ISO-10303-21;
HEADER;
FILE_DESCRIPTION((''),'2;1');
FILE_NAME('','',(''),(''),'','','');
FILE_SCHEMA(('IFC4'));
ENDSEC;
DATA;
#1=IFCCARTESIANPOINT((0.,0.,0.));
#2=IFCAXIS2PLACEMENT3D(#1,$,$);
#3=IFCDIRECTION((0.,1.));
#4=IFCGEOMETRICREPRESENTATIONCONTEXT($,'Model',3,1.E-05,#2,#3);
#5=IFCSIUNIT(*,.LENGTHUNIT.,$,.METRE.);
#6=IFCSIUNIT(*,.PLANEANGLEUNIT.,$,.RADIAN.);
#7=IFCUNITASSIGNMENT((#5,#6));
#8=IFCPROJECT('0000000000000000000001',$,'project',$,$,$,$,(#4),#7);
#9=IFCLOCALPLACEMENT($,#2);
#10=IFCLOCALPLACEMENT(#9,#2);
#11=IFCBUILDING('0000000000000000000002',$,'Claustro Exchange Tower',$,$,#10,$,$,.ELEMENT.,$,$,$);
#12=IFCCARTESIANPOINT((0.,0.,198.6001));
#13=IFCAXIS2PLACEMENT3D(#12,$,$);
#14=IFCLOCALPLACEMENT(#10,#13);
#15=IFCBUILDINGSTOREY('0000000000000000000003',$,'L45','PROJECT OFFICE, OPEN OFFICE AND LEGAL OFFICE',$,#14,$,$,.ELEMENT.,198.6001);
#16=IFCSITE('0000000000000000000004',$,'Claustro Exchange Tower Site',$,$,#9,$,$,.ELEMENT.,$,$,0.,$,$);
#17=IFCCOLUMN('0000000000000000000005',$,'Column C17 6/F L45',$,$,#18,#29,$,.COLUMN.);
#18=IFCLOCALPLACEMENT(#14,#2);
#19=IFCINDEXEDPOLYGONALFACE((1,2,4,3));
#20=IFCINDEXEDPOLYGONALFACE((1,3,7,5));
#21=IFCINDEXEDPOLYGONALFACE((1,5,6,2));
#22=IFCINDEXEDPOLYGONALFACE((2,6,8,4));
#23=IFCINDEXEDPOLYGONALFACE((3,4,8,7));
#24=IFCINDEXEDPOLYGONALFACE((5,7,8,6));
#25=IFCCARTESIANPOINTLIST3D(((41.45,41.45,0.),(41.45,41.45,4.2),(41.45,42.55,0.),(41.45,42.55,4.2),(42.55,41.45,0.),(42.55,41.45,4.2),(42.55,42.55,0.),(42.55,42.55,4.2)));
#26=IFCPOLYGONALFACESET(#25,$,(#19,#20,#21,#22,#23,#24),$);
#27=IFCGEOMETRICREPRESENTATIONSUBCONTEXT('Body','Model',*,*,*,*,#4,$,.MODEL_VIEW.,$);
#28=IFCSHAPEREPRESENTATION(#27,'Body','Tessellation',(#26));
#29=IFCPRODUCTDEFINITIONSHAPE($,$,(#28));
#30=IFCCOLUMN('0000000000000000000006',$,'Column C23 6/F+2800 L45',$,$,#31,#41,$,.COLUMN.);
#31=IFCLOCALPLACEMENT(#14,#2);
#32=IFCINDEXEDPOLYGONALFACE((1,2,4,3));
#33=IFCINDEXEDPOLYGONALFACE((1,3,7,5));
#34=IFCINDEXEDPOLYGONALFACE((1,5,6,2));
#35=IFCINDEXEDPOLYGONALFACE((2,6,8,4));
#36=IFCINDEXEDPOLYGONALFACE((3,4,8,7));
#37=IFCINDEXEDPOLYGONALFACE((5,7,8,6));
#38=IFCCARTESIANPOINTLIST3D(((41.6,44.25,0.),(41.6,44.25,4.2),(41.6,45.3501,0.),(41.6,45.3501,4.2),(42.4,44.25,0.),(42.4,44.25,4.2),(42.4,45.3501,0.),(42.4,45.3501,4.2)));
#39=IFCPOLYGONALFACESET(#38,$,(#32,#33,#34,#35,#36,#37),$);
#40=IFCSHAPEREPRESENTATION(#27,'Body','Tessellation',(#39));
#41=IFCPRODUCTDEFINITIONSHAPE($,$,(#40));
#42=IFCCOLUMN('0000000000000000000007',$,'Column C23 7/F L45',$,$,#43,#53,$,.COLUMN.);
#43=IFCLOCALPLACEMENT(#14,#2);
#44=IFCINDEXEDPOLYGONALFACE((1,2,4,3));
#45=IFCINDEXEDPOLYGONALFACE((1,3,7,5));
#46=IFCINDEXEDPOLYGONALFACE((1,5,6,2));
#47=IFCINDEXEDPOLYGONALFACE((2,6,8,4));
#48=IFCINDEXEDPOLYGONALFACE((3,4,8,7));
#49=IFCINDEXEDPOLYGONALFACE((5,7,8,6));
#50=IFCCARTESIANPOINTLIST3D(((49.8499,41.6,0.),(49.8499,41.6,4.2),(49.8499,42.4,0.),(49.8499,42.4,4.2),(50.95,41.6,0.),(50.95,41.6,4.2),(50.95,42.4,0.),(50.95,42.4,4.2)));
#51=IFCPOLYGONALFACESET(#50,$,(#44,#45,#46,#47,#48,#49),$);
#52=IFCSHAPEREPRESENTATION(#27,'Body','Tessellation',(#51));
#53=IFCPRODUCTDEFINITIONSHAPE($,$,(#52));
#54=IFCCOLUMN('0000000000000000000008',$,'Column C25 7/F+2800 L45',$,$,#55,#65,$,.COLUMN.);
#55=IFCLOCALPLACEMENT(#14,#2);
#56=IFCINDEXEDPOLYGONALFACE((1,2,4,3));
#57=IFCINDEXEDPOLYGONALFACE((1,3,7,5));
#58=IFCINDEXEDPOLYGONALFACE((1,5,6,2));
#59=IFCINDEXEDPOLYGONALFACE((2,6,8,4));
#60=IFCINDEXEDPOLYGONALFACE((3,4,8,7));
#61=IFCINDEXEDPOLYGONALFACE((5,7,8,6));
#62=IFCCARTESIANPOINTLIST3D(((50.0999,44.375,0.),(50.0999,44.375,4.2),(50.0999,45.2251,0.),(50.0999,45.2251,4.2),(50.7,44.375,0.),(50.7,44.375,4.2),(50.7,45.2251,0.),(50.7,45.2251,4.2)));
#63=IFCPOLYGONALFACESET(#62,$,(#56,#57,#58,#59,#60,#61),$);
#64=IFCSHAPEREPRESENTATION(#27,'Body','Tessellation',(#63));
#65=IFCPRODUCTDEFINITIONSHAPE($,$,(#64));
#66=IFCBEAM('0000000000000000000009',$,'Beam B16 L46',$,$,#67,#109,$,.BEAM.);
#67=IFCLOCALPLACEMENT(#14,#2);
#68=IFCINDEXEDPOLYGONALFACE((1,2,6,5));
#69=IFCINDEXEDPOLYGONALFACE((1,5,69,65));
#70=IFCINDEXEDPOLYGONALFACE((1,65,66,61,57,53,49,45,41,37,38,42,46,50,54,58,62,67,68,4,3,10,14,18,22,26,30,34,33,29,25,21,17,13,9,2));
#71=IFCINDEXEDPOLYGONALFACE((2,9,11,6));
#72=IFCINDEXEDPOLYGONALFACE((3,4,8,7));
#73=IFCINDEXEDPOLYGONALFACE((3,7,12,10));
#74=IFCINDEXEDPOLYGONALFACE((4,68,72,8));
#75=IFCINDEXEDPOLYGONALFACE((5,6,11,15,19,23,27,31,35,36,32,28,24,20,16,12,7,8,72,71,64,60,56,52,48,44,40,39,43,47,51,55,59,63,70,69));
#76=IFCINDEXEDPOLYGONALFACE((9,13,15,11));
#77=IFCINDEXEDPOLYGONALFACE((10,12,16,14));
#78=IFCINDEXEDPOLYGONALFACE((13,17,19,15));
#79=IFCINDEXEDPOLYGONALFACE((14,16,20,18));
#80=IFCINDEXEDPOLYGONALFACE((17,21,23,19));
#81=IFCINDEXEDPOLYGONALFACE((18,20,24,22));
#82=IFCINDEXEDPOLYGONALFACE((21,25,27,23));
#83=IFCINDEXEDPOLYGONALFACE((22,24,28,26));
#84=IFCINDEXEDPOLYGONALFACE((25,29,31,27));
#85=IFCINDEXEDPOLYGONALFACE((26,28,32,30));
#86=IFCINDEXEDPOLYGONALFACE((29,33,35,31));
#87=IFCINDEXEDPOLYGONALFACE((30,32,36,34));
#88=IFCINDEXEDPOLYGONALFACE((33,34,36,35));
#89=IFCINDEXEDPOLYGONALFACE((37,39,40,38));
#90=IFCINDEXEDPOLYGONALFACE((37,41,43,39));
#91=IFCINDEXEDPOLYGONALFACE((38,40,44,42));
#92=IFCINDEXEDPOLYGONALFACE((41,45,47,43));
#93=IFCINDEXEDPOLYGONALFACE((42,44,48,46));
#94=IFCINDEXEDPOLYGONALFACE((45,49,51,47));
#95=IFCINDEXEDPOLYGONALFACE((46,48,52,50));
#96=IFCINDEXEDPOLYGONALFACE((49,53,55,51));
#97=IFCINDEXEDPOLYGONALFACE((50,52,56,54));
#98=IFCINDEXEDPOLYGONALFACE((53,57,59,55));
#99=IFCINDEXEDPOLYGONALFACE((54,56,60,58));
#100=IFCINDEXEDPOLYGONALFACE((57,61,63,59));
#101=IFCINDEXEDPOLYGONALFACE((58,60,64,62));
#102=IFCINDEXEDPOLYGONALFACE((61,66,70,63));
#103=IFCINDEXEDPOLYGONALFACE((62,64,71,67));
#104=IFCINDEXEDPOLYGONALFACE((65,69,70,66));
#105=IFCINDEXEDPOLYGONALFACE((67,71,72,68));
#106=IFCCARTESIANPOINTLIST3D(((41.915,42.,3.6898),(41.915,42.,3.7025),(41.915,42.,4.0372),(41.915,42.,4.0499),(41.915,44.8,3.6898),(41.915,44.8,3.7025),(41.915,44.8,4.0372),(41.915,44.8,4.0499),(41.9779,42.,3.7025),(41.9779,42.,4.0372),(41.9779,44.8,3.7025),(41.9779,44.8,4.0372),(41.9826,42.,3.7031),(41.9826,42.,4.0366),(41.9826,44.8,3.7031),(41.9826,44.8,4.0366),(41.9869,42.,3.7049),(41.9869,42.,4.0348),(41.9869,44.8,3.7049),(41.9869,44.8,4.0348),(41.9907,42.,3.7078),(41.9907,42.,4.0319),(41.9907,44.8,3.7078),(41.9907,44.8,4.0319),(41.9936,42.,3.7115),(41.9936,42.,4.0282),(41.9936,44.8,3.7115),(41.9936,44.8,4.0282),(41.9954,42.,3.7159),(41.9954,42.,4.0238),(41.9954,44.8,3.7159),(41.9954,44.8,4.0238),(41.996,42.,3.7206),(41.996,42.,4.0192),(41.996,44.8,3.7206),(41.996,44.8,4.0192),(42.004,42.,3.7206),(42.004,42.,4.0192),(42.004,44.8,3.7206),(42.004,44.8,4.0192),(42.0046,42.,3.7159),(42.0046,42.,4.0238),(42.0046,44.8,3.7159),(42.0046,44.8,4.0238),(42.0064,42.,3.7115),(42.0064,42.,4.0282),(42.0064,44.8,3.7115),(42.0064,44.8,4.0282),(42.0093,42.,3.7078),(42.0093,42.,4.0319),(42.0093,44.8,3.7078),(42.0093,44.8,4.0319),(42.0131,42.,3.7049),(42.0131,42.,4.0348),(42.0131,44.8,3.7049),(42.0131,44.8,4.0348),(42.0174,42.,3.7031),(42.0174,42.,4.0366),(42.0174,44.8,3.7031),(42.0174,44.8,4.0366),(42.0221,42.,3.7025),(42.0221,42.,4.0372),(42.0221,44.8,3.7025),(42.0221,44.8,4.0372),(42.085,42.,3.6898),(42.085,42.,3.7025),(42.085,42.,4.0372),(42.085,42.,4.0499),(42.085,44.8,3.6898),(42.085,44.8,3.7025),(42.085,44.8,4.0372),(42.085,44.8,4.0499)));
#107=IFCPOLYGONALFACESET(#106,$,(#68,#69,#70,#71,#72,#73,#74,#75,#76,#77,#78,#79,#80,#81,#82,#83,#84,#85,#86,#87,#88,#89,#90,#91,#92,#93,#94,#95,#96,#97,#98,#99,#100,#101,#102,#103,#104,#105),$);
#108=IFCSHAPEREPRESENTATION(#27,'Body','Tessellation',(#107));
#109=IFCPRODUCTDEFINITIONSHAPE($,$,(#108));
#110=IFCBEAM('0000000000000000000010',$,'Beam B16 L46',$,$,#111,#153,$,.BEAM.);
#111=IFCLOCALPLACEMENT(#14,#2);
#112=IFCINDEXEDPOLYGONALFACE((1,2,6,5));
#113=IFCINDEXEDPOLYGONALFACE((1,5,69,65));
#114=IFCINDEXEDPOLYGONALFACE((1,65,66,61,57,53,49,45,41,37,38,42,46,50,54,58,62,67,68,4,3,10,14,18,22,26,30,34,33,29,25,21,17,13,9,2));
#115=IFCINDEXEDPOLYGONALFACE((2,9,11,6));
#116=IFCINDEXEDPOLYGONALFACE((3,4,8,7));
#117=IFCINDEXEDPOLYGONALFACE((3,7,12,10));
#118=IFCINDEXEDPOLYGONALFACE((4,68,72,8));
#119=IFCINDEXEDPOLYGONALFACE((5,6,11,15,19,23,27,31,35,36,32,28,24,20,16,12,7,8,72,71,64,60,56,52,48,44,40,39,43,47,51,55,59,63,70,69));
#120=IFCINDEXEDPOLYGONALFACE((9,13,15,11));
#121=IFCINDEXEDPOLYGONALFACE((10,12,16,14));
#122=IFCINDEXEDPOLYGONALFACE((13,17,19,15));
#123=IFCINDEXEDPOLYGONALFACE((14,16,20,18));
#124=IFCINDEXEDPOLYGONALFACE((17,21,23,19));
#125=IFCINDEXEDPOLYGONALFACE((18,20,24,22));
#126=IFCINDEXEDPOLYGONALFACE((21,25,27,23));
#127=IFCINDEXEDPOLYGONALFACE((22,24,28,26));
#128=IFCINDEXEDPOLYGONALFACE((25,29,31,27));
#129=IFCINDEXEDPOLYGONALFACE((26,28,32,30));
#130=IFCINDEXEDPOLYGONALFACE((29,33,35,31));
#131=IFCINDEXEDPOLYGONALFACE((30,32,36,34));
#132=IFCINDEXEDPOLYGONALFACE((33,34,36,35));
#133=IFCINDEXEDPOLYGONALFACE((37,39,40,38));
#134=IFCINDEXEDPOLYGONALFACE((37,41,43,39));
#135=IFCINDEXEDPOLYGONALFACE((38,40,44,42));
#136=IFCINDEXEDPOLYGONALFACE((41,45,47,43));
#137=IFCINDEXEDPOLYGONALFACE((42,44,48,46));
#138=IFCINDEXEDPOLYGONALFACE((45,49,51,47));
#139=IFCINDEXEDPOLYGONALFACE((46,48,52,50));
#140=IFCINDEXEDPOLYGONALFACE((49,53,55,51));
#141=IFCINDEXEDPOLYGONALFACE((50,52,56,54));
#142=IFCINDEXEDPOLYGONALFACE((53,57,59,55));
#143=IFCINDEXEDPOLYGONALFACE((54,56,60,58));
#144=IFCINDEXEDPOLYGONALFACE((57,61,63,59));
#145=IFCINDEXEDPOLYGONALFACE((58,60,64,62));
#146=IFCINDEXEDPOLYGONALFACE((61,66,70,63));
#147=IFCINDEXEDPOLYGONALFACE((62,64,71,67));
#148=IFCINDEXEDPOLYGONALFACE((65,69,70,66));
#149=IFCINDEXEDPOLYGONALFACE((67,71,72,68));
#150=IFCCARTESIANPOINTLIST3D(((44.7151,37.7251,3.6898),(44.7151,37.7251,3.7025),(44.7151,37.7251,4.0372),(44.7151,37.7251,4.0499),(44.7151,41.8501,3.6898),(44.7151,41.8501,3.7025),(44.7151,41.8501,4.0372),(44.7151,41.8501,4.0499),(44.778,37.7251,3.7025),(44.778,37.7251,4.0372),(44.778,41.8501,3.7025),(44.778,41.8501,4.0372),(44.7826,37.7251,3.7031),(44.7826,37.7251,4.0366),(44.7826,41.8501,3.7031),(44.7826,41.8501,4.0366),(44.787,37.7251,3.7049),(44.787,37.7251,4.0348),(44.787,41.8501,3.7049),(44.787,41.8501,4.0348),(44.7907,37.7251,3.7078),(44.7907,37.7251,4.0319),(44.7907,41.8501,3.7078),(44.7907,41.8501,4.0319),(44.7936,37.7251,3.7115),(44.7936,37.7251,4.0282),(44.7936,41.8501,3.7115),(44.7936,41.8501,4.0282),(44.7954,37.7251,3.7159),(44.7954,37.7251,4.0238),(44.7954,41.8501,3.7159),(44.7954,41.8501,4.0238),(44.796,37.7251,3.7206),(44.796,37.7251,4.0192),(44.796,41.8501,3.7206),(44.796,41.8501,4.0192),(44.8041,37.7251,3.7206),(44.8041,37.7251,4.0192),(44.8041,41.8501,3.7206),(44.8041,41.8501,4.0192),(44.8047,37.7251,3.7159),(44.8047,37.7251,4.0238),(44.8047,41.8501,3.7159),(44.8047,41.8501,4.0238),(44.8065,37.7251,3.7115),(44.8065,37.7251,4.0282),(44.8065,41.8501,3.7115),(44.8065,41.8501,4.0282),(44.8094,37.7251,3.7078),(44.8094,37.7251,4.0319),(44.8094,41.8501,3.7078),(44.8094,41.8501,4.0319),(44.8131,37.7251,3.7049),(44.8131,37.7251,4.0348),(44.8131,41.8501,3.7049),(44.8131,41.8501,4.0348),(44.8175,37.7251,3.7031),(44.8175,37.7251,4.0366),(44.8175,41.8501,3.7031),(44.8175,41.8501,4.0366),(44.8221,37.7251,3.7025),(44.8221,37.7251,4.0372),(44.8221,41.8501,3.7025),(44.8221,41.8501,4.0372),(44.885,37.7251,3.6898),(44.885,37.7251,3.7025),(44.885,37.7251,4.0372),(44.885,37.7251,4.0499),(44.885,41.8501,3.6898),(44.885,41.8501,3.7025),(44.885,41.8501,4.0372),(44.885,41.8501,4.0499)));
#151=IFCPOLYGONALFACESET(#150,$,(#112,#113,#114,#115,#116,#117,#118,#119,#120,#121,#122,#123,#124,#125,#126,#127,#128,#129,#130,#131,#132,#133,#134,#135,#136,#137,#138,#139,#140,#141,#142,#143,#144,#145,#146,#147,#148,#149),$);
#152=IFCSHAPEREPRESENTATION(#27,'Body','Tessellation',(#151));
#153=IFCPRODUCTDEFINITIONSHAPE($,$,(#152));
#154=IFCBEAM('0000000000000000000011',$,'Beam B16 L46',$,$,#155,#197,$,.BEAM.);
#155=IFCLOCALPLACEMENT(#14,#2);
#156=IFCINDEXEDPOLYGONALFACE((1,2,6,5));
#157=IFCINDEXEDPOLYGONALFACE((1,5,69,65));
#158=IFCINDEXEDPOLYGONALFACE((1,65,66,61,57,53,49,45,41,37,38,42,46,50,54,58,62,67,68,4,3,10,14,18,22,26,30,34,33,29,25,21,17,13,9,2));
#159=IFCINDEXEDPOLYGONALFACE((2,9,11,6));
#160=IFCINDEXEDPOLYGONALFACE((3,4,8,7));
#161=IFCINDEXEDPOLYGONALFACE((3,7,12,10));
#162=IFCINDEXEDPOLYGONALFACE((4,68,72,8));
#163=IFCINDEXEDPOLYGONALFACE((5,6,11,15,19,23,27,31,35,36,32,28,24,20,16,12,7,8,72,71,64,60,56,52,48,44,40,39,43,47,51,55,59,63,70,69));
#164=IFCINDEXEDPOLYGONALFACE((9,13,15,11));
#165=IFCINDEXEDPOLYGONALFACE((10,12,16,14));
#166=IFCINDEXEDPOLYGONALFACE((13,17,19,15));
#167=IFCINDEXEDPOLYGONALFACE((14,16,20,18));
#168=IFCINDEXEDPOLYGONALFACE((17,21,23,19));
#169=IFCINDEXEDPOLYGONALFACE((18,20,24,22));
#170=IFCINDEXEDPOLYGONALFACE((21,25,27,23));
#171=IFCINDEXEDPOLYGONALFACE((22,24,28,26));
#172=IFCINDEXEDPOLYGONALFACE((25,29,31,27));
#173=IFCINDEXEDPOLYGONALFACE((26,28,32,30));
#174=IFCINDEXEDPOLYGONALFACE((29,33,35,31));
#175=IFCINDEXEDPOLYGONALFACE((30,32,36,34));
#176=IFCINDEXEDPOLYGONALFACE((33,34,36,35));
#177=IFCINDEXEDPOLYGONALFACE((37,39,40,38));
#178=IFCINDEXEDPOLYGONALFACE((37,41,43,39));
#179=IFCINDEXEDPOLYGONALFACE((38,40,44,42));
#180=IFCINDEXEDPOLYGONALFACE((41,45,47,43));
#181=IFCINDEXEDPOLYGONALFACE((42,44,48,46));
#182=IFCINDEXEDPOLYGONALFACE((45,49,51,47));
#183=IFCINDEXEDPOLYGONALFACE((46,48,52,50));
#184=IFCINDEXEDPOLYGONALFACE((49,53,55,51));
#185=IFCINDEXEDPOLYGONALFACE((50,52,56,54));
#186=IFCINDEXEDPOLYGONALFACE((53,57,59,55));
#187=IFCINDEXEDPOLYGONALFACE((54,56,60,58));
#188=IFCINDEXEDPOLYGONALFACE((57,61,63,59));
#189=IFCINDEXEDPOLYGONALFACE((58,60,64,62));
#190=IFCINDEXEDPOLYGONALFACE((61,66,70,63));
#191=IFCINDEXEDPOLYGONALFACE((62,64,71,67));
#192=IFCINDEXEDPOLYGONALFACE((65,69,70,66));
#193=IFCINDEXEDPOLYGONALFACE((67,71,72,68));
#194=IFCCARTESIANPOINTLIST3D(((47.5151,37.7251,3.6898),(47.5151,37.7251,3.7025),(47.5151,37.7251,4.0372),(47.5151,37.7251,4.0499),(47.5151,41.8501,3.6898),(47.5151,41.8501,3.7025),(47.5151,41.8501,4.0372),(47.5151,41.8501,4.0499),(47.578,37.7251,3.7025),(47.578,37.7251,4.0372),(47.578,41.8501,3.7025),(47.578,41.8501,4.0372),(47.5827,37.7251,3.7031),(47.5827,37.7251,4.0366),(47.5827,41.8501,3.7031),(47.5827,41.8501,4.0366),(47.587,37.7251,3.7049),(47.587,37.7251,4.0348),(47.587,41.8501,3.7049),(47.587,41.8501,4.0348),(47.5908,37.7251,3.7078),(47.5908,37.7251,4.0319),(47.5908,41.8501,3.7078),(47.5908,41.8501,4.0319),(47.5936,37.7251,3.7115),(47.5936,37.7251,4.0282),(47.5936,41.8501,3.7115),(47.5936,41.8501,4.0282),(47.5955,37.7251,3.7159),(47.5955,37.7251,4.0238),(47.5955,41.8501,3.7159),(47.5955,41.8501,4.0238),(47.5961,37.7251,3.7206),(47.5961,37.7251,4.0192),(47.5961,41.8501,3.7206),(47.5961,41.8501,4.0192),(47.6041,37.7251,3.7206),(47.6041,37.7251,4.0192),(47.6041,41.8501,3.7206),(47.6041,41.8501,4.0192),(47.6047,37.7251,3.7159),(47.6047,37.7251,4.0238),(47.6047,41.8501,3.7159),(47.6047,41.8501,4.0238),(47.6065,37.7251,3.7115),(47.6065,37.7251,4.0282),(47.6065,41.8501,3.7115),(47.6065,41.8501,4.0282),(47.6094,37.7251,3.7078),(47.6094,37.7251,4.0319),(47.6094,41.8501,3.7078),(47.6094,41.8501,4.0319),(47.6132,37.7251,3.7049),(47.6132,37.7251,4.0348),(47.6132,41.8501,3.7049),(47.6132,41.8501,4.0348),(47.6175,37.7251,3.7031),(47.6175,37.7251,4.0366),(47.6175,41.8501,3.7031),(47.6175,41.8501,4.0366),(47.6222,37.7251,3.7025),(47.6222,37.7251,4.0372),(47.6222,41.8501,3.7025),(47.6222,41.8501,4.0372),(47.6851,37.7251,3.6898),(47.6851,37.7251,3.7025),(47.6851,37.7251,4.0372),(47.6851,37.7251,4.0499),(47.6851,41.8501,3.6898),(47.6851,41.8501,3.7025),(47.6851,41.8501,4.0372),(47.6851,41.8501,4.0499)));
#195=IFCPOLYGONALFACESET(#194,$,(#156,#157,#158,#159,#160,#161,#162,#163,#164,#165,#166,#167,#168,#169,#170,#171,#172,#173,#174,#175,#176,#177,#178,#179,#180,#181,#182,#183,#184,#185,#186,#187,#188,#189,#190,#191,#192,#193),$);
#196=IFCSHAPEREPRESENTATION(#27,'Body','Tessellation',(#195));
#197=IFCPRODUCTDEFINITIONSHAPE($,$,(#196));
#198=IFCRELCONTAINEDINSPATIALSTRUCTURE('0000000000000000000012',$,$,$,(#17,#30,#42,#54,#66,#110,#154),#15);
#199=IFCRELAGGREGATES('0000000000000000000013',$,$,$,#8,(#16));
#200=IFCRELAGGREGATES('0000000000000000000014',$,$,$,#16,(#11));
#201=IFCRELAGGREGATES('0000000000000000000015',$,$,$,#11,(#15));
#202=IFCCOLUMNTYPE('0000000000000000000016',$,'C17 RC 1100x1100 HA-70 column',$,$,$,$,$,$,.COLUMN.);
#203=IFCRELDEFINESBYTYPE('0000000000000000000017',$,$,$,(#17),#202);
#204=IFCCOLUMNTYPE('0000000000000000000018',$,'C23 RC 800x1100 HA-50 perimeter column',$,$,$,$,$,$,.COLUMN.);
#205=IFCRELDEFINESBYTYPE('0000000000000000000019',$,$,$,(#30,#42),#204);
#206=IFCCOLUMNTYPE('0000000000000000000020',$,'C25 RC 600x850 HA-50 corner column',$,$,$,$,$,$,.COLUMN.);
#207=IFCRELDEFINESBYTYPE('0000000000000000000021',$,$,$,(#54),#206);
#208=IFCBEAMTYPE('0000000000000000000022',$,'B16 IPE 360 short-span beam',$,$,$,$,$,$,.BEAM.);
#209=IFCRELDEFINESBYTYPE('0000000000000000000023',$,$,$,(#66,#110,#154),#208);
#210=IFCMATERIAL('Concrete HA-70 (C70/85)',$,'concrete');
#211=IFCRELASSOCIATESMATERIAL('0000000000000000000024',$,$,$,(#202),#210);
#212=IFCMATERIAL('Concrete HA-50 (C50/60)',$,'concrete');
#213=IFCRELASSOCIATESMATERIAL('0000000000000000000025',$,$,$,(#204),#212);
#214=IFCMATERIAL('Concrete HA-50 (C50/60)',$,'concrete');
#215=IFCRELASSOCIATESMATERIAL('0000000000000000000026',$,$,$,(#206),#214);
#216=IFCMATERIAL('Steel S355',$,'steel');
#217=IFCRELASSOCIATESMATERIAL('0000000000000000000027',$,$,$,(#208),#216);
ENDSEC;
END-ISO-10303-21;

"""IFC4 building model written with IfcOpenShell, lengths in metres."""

from ifc_helpers import new_model, si_unit, direction, frame, origin, origin_2d, place, context, subcontext, project, spatial, rectangle, i_section, extrude, material, material_profile, profile_set, type_object, element, save


model = new_model("IFC4")

# Units and contexts
model_context = context("Model", 3, precision=1e-05, world=origin(), true_north=direction((0.0, 1.0)))
body_context = subcontext(model_context, "Body", "Model", "MODEL_VIEW")
ifc_project = project(units=[si_unit("LENGTHUNIT", "METRE"), si_unit("PLANEANGLEUNIT", "RADIAN")], contexts=[model_context])

# Site, building, storey
site_placement = place(None, origin())
site = spatial("IfcSite", under=ifc_project, at=site_placement, Name="Claustro Exchange Tower Site", CompositionType="ELEMENT", RefElevation=0.0)
building_placement = place(site_placement, origin())
building = spatial("IfcBuilding", under=site, at=building_placement, Name="Claustro Exchange Tower", CompositionType="ELEMENT")
storey_placement = place(building_placement, frame((0.0, 0.0, 198.6001)))
storey = spatial("IfcBuildingStorey", under=building, at=storey_placement, Name="L45", Description="PROJECT OFFICE, OPEN OFFICE AND LEGAL OFFICE", CompositionType="ELEMENT", Elevation=198.6001)

# Columns
ifc_material_1 = material(Name="Concrete HA-70 (C70/85)", Category="concrete")
ifc_material_profile_1 = material_profile(ifc_material_1, rectangle(XDim=1.1001, YDim=1.1001, at=origin_2d()), Name="RC 1100x1100")
ifc_profile_set_1 = profile_set([ifc_material_profile_1], Name="Concrete HA-70 (C70/85)")
column_type_1 = type_object("IfcColumnType", Name="C17 RC 1100x1100 HA-70 column", PredefinedType="COLUMN", material=ifc_profile_set_1)
column_1_placement = place(storey_placement, frame((42.0, 42.0, 0.0), z_axis=(0.0, 0.0, 1.0), x_axis=(1.0, 0.0, 0.0)))
element("IfcColumn", 1, at=column_1_placement, inside=storey, type_object=column_type_1, Name="Column C17 6/F L45", PredefinedType="COLUMN", context=body_context, shape_type="SweptSolid", body=[
    extrude(rectangle(XDim=1.1001, YDim=1.1001, at=origin_2d()), origin(), (0.0, 0.0, 1.0), 4.2),
])
ifc_material_2 = material(Name="Concrete HA-50 (C50/60)", Category="concrete")
ifc_material_profile_2 = material_profile(ifc_material_2, rectangle(XDim=0.8, YDim=1.1001, at=origin_2d()), Name="RC 800x1100")
ifc_profile_set_2 = profile_set([ifc_material_profile_2], Name="Concrete HA-50 (C50/60)")
column_type_2 = type_object("IfcColumnType", Name="C23 RC 800x1100 HA-50 perimeter column", PredefinedType="COLUMN", material=ifc_profile_set_2)
for number, where, z_axis, x_axis, name in (
    (2, (42.0, 44.8, 0.0), (0.0, 0.0, 1.0), (1.0, 0.0, 0.0), "Column C23 6/F+2800 L45"),
    (3, (50.3999, 42.0, 0.0), (0.0, 0.0, 1.0), (0.0, 1.0, 0.0), "Column C23 7/F L45"),
):
    element("IfcColumn", number, at=place(storey_placement, frame(where, z_axis=z_axis, x_axis=x_axis)), inside=storey, type_object=column_type_2, Name=name, PredefinedType="COLUMN", context=body_context, shape_type="SweptSolid", body=[
        extrude(rectangle(XDim=0.8, YDim=1.1001, at=origin_2d()), origin(), (0.0, 0.0, 1.0), 4.2),
    ])
ifc_material_3 = material(Name="Concrete HA-50 (C50/60)", Category="concrete")
ifc_material_profile_3 = material_profile(ifc_material_3, rectangle(XDim=0.6001, YDim=0.8501, at=origin_2d()), Name="RC 600x850")
ifc_profile_set_3 = profile_set([ifc_material_profile_3], Name="Concrete HA-50 (C50/60)")
column_type_3 = type_object("IfcColumnType", Name="C25 RC 600x850 HA-50 corner column", PredefinedType="COLUMN", material=ifc_profile_set_3)
column_2_placement = place(storey_placement, frame((50.3999, 44.8, 0.0), z_axis=(0.0, 0.0, 1.0), x_axis=(1.0, 0.0, 0.0)))
element("IfcColumn", 4, at=column_2_placement, inside=storey, type_object=column_type_3, Name="Column C25 7/F+2800 L45", PredefinedType="COLUMN", context=body_context, shape_type="SweptSolid", body=[
    extrude(rectangle(XDim=0.6001, YDim=0.8501, at=origin_2d()), origin(), (0.0, 0.0, 1.0), 4.2),
])

# Beams
ifc_material_4 = material(Name="Steel S355", Category="steel")
ifc_material_profile_4 = material_profile(ifc_material_4, i_section(OverallWidth=0.1699, OverallDepth=0.3601, WebThickness=0.0081, FlangeThickness=0.0127, FilletRadius=0.0181, at=origin_2d()), Name="IPE 360")
ifc_profile_set_4 = profile_set([ifc_material_profile_4], Name="Steel S355")
beam_type_1 = type_object("IfcBeamType", Name="B16 IPE 360 short-span beam", PredefinedType="BEAM", material=ifc_profile_set_4)
beam_1_placement = place(storey_placement, frame((42.0, 42.0, 3.8699), z_axis=(0.0, 1.0, 0.0), x_axis=(-1.0, 0.0, 0.0)))
element("IfcBeam", 5, at=beam_1_placement, inside=storey, type_object=beam_type_1, Name="Beam B16 L46", PredefinedType="BEAM", context=body_context, shape_type="SweptSolid", body=[
    extrude(i_section(OverallWidth=0.1699, OverallDepth=0.3601, WebThickness=0.0081, FlangeThickness=0.0127, FilletRadius=0.0181, at=origin_2d()), origin(), (0.0, 0.0, 1.0), 2.8),
])
for number, where, z_axis, x_axis, name in (
    (6, (44.8, 37.7251, 3.8699), (0.0, 1.0, 0.0), (-1.0, 0.0, 0.0), "Beam B16 L46"),
    (7, (47.6001, 37.7251, 3.8699), (0.0, 1.0, 0.0), (-1.0, 0.0, 0.0), "Beam B16 L46"),
):
    element("IfcBeam", number, at=place(storey_placement, frame(where, z_axis=z_axis, x_axis=x_axis)), inside=storey, type_object=beam_type_1, Name=name, PredefinedType="BEAM", context=body_context, shape_type="SweptSolid", body=[
        extrude(i_section(OverallWidth=0.1699, OverallDepth=0.3601, WebThickness=0.0081, FlangeThickness=0.0127, FilletRadius=0.0181, at=origin_2d()), origin(), (0.0, 0.0, 1.0), 4.125),
    ])

save(model, "model.ifc")
